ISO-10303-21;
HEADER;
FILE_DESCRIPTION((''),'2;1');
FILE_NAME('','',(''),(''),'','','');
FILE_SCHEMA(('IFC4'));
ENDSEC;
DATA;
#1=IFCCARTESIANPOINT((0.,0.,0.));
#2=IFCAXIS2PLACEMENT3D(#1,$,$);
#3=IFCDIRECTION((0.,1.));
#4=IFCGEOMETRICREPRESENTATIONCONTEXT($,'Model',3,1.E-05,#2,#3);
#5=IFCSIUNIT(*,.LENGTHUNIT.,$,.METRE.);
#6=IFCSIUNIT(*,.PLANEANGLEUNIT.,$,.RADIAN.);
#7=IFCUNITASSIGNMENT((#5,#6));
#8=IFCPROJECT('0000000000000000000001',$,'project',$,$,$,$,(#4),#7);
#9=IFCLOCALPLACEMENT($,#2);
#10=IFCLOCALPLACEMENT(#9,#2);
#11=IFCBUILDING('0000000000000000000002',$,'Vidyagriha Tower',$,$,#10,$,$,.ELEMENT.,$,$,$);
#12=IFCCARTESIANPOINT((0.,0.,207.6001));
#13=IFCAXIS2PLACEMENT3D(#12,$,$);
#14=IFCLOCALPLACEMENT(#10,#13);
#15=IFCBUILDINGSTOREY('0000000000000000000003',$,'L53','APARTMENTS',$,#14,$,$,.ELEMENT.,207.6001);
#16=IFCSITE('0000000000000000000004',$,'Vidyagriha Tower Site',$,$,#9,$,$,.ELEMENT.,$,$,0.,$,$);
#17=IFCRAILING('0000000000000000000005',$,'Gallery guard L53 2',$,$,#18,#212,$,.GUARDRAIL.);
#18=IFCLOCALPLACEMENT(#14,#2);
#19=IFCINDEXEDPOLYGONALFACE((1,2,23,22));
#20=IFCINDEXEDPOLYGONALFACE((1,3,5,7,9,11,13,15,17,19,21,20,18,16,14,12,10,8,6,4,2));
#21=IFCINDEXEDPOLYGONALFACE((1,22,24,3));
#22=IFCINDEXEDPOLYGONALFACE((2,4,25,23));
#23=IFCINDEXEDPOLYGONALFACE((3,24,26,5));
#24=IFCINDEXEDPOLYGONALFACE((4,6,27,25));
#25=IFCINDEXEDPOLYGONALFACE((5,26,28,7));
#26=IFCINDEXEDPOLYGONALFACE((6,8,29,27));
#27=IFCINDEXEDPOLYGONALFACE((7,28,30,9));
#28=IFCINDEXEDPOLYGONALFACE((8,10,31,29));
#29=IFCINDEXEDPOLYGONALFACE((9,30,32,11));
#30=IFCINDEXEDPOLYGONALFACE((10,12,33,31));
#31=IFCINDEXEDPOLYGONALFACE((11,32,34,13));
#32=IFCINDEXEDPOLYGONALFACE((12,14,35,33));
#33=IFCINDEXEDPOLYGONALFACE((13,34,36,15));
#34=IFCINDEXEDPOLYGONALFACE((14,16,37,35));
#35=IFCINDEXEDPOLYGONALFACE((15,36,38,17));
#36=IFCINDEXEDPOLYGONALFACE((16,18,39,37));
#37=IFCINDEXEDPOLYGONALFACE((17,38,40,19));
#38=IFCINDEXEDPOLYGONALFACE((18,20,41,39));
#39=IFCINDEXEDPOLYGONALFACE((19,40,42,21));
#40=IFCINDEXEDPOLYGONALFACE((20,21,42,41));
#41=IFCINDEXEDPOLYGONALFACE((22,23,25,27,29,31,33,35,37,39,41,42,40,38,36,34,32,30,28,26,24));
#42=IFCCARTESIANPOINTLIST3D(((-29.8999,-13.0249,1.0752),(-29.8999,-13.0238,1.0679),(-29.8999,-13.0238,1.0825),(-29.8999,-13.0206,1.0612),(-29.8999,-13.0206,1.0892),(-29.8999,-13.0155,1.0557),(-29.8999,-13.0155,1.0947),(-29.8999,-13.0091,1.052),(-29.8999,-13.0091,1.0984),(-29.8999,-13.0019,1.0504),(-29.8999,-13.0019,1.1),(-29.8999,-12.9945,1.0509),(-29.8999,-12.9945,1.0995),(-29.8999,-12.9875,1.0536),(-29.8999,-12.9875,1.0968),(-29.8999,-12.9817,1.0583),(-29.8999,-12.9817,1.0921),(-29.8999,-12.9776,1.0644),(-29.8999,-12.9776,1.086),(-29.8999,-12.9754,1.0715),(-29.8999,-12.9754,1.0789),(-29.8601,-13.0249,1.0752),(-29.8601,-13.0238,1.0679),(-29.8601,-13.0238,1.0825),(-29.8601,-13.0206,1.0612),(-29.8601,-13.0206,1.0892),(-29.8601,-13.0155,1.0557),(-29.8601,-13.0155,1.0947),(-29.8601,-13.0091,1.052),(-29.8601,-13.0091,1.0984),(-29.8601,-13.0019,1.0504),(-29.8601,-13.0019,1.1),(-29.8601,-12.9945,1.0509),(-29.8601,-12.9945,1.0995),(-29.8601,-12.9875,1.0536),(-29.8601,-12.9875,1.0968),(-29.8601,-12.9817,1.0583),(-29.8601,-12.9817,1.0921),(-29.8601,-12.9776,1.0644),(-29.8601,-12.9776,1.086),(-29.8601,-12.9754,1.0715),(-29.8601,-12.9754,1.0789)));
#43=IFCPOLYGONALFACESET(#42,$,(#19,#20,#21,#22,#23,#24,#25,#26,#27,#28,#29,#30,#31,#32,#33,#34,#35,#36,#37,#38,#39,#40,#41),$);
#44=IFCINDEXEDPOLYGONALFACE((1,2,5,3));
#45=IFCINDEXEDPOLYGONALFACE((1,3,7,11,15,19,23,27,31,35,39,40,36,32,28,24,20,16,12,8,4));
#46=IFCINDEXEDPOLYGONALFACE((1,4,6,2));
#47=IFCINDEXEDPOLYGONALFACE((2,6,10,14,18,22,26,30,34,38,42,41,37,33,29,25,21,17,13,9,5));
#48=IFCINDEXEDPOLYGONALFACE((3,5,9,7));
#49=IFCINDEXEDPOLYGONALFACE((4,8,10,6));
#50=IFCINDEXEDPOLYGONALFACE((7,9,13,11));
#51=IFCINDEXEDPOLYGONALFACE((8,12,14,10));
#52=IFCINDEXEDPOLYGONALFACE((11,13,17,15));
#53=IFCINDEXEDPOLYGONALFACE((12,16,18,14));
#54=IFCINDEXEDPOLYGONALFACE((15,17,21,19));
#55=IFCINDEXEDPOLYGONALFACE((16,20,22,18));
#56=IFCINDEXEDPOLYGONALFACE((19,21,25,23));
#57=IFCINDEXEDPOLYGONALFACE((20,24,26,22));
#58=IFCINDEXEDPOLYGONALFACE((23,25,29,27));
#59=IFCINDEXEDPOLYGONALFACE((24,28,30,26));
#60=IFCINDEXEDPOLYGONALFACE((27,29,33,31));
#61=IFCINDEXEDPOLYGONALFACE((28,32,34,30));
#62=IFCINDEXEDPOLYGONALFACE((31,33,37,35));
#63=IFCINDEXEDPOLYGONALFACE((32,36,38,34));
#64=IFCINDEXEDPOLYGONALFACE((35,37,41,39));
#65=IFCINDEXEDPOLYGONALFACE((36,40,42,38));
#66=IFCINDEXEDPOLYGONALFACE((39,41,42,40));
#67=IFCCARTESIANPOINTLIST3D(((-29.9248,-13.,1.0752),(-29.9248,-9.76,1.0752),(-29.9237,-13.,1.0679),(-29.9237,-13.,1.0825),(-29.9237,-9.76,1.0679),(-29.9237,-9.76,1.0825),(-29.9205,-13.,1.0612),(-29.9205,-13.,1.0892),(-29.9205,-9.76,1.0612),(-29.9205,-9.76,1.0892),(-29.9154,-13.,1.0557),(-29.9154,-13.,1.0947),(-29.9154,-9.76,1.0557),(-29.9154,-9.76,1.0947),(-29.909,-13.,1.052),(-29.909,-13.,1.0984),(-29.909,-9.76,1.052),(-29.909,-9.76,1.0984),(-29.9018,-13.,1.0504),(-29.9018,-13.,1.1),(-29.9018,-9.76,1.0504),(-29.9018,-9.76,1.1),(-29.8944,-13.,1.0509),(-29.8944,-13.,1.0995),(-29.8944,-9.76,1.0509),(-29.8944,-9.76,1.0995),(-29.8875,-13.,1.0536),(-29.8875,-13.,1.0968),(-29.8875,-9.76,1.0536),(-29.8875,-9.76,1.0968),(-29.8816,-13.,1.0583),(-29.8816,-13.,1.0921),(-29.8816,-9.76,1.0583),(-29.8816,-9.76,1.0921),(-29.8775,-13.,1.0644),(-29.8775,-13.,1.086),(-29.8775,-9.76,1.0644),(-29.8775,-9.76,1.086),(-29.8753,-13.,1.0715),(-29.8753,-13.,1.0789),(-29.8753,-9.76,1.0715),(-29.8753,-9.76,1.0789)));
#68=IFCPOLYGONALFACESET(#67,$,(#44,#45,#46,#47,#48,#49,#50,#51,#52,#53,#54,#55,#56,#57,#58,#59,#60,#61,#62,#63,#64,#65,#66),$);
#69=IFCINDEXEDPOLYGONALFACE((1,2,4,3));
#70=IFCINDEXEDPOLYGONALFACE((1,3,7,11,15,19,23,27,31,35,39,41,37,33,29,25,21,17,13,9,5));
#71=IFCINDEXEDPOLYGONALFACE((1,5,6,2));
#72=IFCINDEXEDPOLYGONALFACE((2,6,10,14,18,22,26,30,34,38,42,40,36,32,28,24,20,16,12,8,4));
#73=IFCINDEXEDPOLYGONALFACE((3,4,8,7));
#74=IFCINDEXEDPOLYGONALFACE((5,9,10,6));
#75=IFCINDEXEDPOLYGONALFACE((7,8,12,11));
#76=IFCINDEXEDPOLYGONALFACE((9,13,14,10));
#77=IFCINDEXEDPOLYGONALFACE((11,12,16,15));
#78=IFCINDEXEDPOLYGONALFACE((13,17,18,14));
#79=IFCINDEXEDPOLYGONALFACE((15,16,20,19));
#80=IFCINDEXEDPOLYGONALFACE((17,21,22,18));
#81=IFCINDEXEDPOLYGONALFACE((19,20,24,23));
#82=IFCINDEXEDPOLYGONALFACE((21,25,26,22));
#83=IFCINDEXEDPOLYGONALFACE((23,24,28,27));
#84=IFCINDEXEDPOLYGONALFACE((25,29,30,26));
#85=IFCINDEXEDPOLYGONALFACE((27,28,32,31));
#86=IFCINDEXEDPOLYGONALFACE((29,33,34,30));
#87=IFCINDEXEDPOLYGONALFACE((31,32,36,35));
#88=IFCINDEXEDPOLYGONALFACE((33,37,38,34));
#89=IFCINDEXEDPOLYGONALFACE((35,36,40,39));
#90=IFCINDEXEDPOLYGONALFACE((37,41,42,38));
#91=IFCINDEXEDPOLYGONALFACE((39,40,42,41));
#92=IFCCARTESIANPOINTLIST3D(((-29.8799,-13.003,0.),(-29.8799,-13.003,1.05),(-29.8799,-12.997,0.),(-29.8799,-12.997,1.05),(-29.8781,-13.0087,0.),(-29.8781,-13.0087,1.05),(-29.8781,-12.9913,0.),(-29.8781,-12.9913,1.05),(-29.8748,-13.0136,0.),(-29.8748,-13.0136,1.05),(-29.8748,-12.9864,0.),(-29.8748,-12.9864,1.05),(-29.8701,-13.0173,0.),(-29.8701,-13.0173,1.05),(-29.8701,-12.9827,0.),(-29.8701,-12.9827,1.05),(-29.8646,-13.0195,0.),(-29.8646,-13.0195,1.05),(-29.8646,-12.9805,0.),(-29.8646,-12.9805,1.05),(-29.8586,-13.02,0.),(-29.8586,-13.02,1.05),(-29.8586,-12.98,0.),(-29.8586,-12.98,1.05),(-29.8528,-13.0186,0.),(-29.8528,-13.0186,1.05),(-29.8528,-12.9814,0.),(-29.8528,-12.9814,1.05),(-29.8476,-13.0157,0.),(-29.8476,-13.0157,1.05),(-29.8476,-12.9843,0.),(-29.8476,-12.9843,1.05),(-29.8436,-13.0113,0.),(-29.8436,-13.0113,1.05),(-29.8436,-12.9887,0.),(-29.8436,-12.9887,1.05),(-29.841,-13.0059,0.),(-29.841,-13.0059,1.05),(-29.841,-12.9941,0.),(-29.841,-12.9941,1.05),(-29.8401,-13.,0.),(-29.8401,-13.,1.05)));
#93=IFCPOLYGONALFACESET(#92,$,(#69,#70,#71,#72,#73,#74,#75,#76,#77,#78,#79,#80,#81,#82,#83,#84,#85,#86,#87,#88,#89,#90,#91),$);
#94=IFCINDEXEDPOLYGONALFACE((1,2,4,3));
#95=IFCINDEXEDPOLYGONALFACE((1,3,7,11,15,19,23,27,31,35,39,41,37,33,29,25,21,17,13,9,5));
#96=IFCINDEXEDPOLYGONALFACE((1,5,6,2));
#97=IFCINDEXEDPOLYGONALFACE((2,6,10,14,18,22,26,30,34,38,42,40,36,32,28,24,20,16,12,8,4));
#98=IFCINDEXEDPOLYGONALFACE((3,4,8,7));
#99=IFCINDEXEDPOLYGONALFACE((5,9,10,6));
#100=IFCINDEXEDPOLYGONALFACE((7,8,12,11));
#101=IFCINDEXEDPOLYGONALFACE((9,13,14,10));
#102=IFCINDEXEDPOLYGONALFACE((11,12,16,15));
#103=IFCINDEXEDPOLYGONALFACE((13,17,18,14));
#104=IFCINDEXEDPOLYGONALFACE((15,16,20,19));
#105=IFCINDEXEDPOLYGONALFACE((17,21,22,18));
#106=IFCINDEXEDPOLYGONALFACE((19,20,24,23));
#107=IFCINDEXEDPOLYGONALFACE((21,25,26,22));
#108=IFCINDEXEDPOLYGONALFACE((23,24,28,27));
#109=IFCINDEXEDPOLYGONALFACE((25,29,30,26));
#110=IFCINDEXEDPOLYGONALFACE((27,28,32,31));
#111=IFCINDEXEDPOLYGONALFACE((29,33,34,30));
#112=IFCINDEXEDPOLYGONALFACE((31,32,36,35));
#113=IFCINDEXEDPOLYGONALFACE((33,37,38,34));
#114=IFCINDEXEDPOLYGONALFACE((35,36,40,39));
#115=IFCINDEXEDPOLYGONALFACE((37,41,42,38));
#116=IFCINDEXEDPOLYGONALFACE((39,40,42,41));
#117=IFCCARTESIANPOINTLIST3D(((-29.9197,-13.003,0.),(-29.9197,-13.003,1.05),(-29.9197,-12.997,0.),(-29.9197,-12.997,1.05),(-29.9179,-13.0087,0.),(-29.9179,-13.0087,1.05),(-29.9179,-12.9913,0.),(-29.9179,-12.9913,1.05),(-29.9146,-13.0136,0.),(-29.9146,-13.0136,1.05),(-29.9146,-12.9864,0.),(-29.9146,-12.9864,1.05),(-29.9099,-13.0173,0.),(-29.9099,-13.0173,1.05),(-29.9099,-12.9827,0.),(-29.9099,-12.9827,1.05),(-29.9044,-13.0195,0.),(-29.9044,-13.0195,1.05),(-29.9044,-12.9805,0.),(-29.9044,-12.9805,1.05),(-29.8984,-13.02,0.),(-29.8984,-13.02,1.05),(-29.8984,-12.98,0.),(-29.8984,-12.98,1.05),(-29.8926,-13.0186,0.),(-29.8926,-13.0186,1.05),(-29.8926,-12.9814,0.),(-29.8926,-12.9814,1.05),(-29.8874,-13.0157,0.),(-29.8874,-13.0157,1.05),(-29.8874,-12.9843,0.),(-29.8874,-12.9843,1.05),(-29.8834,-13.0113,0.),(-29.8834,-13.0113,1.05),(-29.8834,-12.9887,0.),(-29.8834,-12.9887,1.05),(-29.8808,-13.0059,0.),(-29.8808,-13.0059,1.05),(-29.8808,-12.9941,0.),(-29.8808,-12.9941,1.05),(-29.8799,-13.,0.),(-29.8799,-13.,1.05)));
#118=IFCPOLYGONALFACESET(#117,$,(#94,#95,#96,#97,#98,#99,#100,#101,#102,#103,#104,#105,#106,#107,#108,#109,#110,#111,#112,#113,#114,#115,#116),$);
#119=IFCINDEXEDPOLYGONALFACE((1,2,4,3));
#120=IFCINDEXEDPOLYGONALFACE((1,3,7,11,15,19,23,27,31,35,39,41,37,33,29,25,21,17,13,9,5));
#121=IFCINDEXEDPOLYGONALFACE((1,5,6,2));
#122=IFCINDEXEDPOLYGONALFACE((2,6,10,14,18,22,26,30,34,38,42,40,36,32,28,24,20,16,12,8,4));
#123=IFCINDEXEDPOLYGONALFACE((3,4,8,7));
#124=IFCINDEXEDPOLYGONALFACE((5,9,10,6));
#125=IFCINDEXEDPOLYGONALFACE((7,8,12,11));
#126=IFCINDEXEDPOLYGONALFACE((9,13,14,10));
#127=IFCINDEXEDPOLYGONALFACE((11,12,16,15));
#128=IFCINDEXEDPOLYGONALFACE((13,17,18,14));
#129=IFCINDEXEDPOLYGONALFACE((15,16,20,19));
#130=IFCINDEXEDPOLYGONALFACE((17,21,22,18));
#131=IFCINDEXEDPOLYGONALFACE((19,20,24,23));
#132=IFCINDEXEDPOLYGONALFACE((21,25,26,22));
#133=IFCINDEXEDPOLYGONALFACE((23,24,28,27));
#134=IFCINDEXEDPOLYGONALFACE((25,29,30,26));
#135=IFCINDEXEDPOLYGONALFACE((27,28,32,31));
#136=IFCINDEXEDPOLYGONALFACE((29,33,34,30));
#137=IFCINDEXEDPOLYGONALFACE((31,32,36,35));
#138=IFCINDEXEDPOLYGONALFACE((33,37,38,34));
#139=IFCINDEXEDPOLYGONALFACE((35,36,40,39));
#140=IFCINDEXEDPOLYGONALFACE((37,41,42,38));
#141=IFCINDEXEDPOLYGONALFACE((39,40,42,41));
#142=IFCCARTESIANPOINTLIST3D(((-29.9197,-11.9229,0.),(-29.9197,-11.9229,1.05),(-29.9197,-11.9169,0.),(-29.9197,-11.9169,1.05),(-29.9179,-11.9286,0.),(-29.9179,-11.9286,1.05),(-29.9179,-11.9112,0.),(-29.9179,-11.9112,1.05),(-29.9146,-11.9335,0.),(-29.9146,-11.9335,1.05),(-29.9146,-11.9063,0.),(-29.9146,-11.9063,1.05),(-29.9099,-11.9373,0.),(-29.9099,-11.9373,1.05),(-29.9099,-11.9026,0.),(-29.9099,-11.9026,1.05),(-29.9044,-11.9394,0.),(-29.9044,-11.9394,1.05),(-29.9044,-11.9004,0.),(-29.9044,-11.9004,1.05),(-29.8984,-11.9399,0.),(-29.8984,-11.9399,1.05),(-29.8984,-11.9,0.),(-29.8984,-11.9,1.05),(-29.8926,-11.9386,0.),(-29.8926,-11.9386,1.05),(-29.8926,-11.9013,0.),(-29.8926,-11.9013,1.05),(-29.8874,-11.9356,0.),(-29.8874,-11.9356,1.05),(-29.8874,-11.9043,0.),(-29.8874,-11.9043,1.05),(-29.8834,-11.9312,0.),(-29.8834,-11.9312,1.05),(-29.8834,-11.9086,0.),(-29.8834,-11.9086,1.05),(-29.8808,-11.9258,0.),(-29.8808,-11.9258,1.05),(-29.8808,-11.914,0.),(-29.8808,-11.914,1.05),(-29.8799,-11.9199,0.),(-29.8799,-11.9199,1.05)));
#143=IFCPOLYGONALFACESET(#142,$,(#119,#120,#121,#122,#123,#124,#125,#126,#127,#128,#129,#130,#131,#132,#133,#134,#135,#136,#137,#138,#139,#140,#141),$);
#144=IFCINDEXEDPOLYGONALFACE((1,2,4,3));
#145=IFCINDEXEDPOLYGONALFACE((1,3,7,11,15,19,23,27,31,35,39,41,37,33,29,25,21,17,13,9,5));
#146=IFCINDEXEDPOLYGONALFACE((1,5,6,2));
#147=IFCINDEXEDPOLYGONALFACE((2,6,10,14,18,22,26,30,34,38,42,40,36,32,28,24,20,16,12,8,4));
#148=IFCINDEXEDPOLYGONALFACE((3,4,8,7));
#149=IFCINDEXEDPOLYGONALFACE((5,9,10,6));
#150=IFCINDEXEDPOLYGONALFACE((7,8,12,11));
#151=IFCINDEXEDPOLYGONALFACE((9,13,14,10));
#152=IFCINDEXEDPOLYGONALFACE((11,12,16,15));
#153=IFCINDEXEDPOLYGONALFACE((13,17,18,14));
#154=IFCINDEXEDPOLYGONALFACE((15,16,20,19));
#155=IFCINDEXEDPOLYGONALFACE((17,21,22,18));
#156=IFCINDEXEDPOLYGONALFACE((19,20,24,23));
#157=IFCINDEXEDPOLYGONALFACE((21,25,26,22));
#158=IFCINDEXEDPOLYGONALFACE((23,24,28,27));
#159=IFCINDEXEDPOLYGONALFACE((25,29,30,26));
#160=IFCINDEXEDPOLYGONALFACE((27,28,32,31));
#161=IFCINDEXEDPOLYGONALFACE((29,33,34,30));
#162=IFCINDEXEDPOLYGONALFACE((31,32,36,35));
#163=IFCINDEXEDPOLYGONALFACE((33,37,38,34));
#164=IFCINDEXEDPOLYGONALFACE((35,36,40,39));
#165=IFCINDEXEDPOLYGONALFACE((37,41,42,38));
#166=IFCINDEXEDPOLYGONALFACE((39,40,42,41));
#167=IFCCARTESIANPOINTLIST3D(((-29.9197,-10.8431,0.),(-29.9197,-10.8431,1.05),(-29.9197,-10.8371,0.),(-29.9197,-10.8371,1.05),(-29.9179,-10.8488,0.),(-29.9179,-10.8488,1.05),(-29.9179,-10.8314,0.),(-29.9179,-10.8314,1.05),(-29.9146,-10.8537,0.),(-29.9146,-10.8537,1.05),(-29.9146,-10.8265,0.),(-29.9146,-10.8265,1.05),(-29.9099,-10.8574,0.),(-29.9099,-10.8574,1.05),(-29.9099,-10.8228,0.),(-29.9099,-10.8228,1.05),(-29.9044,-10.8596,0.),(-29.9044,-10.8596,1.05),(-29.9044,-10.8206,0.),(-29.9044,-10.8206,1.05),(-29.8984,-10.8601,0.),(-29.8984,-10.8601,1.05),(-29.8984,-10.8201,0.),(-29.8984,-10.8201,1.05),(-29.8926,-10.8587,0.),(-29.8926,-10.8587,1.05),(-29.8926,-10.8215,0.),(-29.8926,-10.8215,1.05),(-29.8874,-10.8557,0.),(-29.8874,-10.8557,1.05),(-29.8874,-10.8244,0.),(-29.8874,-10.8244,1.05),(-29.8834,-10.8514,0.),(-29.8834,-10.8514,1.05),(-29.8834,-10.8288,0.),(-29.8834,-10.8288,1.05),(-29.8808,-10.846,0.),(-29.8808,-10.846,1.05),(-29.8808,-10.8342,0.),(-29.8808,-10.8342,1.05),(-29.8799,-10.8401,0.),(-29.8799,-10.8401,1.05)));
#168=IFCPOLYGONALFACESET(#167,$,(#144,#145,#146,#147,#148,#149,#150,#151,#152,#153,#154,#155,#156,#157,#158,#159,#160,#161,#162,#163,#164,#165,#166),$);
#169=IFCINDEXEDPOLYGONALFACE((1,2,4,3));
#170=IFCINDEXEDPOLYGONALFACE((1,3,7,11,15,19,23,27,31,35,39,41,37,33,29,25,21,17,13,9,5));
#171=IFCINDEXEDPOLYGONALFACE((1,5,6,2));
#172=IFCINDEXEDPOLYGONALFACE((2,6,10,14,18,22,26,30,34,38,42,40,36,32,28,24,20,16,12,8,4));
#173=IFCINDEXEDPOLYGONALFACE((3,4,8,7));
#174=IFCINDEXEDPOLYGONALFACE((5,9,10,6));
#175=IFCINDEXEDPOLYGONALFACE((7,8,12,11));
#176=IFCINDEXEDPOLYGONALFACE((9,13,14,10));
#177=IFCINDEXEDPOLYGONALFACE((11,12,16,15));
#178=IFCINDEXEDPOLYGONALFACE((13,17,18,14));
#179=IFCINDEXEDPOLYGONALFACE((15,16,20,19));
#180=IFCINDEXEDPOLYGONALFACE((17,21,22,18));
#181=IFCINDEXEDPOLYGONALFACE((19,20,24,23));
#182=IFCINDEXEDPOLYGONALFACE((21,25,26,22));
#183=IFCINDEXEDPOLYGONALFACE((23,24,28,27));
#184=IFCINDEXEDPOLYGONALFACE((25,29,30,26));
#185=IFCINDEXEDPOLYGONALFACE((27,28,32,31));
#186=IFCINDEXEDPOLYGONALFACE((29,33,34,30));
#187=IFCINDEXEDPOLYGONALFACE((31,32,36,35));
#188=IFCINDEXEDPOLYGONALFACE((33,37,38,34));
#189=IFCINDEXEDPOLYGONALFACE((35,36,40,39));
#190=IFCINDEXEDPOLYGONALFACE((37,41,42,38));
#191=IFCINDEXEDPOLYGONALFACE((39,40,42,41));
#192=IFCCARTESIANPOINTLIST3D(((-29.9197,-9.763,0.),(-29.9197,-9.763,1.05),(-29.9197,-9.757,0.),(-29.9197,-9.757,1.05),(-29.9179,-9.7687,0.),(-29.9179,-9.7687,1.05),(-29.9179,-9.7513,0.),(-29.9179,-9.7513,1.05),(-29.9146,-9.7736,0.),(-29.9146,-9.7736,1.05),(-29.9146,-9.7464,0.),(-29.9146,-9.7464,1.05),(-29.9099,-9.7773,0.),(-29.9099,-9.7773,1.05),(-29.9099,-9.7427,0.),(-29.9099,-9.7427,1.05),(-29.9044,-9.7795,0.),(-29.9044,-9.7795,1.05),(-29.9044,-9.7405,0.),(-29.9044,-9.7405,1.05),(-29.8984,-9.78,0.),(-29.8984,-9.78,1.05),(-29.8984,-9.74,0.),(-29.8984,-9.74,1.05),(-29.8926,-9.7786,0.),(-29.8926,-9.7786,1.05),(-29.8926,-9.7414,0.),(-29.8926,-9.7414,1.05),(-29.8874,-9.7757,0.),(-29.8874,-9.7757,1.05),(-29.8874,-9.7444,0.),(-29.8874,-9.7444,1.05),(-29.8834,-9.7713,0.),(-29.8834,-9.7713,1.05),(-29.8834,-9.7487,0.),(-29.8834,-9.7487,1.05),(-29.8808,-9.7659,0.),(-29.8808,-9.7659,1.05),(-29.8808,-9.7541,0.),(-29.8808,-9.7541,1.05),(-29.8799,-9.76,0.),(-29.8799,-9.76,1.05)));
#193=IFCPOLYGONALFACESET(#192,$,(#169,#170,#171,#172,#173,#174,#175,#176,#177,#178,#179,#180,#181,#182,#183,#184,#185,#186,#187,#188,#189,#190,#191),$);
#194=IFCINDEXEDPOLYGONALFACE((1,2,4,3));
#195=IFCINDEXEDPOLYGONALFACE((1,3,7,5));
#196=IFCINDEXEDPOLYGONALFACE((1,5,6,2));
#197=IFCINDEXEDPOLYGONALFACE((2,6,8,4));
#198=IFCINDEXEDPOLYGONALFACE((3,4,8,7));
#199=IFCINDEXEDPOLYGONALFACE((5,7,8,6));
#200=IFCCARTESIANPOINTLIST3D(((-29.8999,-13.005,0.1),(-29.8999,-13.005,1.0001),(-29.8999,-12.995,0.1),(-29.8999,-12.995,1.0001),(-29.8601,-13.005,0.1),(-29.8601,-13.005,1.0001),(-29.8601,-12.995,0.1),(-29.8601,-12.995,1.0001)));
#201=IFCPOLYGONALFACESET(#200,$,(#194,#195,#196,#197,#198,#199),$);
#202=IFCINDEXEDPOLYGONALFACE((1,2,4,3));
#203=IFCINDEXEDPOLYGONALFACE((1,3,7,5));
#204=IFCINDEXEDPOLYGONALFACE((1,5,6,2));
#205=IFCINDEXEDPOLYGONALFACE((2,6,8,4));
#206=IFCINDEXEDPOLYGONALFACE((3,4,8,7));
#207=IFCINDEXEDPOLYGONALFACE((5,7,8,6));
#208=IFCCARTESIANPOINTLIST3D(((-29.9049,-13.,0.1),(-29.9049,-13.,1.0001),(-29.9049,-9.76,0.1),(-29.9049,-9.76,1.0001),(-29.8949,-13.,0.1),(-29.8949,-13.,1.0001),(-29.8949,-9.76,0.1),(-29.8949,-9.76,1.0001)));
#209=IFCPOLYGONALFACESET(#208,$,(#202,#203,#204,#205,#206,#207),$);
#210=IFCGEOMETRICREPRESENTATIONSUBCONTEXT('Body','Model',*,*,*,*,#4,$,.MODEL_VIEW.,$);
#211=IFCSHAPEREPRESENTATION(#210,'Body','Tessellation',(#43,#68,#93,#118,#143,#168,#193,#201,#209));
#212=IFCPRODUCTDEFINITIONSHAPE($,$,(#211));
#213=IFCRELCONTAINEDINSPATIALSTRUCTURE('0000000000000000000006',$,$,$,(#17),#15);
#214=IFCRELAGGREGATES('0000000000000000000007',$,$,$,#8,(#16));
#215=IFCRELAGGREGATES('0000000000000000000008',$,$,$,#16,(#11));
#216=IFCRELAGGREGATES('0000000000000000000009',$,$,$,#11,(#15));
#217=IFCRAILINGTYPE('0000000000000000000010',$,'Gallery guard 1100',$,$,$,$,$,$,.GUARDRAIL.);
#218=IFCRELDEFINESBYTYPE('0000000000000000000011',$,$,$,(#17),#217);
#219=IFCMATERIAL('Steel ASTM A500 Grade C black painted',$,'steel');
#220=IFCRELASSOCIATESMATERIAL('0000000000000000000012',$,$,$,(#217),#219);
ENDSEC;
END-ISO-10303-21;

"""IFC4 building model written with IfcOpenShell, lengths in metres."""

from ifc_helpers import new_model, si_unit, direction, frame, origin, origin_2d, place, context, subcontext, project, spatial, rectangle, circle, extrude, material, type_object, element, save


model = new_model("IFC4")

# Units and contexts
model_context = context("Model", 3, precision=1e-05, world=origin(), true_north=direction((0.0, 1.0)))
body_context = subcontext(model_context, "Body", "Model", "MODEL_VIEW")
ifc_project = project(units=[si_unit("LENGTHUNIT", "METRE"), si_unit("PLANEANGLEUNIT", "RADIAN")], contexts=[model_context])

# Site, building, storey
site_placement = place(None, origin())
site = spatial("IfcSite", under=ifc_project, at=site_placement, Name="Vidyagriha Tower Site", CompositionType="ELEMENT", RefElevation=0.0)
building_placement = place(site_placement, origin())
building = spatial("IfcBuilding", under=site, at=building_placement, Name="Vidyagriha Tower", CompositionType="ELEMENT")
storey_placement = place(building_placement, frame((0.0, 0.0, 207.6001)))
storey = spatial("IfcBuildingStorey", under=building, at=storey_placement, Name="L53", Description="APARTMENTS", CompositionType="ELEMENT", Elevation=207.6001)

# Railing
ifc_material_1 = material(Name="Steel ASTM A500 Grade C black painted", Category="steel")
railing_type_1 = type_object("IfcRailingType", Name="Gallery guard 1100", PredefinedType="GUARDRAIL", material=ifc_material_1)
railing_1_placement = place(storey_placement, frame((-29.8601, -13.0, 0.0)))
element("IfcRailing", 1, at=railing_1_placement, inside=storey, type_object=railing_type_1, Name="Gallery guard L53 2", PredefinedType="GUARDRAIL", context=body_context, shape_type="SweptSolid", body=[
    extrude(circle(Radius=0.0249, at=origin_2d()), frame((0.0, 0.0, 1.0752), z_axis=(-1.0, 0.0, 0.0), x_axis=(0.0, -1.0, 0.0)), (0.0, 0.0, 1.0), 0.0398),
    extrude(circle(Radius=0.0249, at=origin_2d()), frame((-0.0398, 0.0, 1.0752), z_axis=(0.0, 1.0, 0.0), x_axis=(-1.0, 0.0, 0.0)), (0.0, 0.0, 1.0), 3.24),
    extrude(circle(Radius=0.02, at=origin_2d()), origin(), (0.0, 0.0, 1.0), 1.05),
    extrude(circle(Radius=0.02, at=origin_2d()), frame((-0.0398, 0.0, 0.0)), (0.0, 0.0, 1.0), 1.05),
    extrude(circle(Radius=0.02, at=origin_2d()), frame((-0.0398, 1.0801, 0.0)), (0.0, 0.0, 1.0), 1.05),
    extrude(circle(Radius=0.02, at=origin_2d()), frame((-0.0398, 2.1599, 0.0)), (0.0, 0.0, 1.0), 1.05),
    extrude(circle(Radius=0.02, at=origin_2d()), frame((-0.0398, 3.24, 0.0)), (0.0, 0.0, 1.0), 1.05),
    extrude(rectangle(XDim=0.01, YDim=0.9001, at=origin_2d()), frame((0.0, 0.0, 0.55), z_axis=(-1.0, 0.0, 0.0), x_axis=(0.0, -1.0, 0.0)), (0.0, 0.0, 1.0), 0.0398),
    extrude(rectangle(XDim=0.01, YDim=0.9001, at=origin_2d()), frame((-0.0398, 0.0, 0.55), z_axis=(0.0, 1.0, 0.0), x_axis=(-1.0, 0.0, 0.0)), (0.0, 0.0, 1.0), 3.24),
])

save(model, "model.ifc")
